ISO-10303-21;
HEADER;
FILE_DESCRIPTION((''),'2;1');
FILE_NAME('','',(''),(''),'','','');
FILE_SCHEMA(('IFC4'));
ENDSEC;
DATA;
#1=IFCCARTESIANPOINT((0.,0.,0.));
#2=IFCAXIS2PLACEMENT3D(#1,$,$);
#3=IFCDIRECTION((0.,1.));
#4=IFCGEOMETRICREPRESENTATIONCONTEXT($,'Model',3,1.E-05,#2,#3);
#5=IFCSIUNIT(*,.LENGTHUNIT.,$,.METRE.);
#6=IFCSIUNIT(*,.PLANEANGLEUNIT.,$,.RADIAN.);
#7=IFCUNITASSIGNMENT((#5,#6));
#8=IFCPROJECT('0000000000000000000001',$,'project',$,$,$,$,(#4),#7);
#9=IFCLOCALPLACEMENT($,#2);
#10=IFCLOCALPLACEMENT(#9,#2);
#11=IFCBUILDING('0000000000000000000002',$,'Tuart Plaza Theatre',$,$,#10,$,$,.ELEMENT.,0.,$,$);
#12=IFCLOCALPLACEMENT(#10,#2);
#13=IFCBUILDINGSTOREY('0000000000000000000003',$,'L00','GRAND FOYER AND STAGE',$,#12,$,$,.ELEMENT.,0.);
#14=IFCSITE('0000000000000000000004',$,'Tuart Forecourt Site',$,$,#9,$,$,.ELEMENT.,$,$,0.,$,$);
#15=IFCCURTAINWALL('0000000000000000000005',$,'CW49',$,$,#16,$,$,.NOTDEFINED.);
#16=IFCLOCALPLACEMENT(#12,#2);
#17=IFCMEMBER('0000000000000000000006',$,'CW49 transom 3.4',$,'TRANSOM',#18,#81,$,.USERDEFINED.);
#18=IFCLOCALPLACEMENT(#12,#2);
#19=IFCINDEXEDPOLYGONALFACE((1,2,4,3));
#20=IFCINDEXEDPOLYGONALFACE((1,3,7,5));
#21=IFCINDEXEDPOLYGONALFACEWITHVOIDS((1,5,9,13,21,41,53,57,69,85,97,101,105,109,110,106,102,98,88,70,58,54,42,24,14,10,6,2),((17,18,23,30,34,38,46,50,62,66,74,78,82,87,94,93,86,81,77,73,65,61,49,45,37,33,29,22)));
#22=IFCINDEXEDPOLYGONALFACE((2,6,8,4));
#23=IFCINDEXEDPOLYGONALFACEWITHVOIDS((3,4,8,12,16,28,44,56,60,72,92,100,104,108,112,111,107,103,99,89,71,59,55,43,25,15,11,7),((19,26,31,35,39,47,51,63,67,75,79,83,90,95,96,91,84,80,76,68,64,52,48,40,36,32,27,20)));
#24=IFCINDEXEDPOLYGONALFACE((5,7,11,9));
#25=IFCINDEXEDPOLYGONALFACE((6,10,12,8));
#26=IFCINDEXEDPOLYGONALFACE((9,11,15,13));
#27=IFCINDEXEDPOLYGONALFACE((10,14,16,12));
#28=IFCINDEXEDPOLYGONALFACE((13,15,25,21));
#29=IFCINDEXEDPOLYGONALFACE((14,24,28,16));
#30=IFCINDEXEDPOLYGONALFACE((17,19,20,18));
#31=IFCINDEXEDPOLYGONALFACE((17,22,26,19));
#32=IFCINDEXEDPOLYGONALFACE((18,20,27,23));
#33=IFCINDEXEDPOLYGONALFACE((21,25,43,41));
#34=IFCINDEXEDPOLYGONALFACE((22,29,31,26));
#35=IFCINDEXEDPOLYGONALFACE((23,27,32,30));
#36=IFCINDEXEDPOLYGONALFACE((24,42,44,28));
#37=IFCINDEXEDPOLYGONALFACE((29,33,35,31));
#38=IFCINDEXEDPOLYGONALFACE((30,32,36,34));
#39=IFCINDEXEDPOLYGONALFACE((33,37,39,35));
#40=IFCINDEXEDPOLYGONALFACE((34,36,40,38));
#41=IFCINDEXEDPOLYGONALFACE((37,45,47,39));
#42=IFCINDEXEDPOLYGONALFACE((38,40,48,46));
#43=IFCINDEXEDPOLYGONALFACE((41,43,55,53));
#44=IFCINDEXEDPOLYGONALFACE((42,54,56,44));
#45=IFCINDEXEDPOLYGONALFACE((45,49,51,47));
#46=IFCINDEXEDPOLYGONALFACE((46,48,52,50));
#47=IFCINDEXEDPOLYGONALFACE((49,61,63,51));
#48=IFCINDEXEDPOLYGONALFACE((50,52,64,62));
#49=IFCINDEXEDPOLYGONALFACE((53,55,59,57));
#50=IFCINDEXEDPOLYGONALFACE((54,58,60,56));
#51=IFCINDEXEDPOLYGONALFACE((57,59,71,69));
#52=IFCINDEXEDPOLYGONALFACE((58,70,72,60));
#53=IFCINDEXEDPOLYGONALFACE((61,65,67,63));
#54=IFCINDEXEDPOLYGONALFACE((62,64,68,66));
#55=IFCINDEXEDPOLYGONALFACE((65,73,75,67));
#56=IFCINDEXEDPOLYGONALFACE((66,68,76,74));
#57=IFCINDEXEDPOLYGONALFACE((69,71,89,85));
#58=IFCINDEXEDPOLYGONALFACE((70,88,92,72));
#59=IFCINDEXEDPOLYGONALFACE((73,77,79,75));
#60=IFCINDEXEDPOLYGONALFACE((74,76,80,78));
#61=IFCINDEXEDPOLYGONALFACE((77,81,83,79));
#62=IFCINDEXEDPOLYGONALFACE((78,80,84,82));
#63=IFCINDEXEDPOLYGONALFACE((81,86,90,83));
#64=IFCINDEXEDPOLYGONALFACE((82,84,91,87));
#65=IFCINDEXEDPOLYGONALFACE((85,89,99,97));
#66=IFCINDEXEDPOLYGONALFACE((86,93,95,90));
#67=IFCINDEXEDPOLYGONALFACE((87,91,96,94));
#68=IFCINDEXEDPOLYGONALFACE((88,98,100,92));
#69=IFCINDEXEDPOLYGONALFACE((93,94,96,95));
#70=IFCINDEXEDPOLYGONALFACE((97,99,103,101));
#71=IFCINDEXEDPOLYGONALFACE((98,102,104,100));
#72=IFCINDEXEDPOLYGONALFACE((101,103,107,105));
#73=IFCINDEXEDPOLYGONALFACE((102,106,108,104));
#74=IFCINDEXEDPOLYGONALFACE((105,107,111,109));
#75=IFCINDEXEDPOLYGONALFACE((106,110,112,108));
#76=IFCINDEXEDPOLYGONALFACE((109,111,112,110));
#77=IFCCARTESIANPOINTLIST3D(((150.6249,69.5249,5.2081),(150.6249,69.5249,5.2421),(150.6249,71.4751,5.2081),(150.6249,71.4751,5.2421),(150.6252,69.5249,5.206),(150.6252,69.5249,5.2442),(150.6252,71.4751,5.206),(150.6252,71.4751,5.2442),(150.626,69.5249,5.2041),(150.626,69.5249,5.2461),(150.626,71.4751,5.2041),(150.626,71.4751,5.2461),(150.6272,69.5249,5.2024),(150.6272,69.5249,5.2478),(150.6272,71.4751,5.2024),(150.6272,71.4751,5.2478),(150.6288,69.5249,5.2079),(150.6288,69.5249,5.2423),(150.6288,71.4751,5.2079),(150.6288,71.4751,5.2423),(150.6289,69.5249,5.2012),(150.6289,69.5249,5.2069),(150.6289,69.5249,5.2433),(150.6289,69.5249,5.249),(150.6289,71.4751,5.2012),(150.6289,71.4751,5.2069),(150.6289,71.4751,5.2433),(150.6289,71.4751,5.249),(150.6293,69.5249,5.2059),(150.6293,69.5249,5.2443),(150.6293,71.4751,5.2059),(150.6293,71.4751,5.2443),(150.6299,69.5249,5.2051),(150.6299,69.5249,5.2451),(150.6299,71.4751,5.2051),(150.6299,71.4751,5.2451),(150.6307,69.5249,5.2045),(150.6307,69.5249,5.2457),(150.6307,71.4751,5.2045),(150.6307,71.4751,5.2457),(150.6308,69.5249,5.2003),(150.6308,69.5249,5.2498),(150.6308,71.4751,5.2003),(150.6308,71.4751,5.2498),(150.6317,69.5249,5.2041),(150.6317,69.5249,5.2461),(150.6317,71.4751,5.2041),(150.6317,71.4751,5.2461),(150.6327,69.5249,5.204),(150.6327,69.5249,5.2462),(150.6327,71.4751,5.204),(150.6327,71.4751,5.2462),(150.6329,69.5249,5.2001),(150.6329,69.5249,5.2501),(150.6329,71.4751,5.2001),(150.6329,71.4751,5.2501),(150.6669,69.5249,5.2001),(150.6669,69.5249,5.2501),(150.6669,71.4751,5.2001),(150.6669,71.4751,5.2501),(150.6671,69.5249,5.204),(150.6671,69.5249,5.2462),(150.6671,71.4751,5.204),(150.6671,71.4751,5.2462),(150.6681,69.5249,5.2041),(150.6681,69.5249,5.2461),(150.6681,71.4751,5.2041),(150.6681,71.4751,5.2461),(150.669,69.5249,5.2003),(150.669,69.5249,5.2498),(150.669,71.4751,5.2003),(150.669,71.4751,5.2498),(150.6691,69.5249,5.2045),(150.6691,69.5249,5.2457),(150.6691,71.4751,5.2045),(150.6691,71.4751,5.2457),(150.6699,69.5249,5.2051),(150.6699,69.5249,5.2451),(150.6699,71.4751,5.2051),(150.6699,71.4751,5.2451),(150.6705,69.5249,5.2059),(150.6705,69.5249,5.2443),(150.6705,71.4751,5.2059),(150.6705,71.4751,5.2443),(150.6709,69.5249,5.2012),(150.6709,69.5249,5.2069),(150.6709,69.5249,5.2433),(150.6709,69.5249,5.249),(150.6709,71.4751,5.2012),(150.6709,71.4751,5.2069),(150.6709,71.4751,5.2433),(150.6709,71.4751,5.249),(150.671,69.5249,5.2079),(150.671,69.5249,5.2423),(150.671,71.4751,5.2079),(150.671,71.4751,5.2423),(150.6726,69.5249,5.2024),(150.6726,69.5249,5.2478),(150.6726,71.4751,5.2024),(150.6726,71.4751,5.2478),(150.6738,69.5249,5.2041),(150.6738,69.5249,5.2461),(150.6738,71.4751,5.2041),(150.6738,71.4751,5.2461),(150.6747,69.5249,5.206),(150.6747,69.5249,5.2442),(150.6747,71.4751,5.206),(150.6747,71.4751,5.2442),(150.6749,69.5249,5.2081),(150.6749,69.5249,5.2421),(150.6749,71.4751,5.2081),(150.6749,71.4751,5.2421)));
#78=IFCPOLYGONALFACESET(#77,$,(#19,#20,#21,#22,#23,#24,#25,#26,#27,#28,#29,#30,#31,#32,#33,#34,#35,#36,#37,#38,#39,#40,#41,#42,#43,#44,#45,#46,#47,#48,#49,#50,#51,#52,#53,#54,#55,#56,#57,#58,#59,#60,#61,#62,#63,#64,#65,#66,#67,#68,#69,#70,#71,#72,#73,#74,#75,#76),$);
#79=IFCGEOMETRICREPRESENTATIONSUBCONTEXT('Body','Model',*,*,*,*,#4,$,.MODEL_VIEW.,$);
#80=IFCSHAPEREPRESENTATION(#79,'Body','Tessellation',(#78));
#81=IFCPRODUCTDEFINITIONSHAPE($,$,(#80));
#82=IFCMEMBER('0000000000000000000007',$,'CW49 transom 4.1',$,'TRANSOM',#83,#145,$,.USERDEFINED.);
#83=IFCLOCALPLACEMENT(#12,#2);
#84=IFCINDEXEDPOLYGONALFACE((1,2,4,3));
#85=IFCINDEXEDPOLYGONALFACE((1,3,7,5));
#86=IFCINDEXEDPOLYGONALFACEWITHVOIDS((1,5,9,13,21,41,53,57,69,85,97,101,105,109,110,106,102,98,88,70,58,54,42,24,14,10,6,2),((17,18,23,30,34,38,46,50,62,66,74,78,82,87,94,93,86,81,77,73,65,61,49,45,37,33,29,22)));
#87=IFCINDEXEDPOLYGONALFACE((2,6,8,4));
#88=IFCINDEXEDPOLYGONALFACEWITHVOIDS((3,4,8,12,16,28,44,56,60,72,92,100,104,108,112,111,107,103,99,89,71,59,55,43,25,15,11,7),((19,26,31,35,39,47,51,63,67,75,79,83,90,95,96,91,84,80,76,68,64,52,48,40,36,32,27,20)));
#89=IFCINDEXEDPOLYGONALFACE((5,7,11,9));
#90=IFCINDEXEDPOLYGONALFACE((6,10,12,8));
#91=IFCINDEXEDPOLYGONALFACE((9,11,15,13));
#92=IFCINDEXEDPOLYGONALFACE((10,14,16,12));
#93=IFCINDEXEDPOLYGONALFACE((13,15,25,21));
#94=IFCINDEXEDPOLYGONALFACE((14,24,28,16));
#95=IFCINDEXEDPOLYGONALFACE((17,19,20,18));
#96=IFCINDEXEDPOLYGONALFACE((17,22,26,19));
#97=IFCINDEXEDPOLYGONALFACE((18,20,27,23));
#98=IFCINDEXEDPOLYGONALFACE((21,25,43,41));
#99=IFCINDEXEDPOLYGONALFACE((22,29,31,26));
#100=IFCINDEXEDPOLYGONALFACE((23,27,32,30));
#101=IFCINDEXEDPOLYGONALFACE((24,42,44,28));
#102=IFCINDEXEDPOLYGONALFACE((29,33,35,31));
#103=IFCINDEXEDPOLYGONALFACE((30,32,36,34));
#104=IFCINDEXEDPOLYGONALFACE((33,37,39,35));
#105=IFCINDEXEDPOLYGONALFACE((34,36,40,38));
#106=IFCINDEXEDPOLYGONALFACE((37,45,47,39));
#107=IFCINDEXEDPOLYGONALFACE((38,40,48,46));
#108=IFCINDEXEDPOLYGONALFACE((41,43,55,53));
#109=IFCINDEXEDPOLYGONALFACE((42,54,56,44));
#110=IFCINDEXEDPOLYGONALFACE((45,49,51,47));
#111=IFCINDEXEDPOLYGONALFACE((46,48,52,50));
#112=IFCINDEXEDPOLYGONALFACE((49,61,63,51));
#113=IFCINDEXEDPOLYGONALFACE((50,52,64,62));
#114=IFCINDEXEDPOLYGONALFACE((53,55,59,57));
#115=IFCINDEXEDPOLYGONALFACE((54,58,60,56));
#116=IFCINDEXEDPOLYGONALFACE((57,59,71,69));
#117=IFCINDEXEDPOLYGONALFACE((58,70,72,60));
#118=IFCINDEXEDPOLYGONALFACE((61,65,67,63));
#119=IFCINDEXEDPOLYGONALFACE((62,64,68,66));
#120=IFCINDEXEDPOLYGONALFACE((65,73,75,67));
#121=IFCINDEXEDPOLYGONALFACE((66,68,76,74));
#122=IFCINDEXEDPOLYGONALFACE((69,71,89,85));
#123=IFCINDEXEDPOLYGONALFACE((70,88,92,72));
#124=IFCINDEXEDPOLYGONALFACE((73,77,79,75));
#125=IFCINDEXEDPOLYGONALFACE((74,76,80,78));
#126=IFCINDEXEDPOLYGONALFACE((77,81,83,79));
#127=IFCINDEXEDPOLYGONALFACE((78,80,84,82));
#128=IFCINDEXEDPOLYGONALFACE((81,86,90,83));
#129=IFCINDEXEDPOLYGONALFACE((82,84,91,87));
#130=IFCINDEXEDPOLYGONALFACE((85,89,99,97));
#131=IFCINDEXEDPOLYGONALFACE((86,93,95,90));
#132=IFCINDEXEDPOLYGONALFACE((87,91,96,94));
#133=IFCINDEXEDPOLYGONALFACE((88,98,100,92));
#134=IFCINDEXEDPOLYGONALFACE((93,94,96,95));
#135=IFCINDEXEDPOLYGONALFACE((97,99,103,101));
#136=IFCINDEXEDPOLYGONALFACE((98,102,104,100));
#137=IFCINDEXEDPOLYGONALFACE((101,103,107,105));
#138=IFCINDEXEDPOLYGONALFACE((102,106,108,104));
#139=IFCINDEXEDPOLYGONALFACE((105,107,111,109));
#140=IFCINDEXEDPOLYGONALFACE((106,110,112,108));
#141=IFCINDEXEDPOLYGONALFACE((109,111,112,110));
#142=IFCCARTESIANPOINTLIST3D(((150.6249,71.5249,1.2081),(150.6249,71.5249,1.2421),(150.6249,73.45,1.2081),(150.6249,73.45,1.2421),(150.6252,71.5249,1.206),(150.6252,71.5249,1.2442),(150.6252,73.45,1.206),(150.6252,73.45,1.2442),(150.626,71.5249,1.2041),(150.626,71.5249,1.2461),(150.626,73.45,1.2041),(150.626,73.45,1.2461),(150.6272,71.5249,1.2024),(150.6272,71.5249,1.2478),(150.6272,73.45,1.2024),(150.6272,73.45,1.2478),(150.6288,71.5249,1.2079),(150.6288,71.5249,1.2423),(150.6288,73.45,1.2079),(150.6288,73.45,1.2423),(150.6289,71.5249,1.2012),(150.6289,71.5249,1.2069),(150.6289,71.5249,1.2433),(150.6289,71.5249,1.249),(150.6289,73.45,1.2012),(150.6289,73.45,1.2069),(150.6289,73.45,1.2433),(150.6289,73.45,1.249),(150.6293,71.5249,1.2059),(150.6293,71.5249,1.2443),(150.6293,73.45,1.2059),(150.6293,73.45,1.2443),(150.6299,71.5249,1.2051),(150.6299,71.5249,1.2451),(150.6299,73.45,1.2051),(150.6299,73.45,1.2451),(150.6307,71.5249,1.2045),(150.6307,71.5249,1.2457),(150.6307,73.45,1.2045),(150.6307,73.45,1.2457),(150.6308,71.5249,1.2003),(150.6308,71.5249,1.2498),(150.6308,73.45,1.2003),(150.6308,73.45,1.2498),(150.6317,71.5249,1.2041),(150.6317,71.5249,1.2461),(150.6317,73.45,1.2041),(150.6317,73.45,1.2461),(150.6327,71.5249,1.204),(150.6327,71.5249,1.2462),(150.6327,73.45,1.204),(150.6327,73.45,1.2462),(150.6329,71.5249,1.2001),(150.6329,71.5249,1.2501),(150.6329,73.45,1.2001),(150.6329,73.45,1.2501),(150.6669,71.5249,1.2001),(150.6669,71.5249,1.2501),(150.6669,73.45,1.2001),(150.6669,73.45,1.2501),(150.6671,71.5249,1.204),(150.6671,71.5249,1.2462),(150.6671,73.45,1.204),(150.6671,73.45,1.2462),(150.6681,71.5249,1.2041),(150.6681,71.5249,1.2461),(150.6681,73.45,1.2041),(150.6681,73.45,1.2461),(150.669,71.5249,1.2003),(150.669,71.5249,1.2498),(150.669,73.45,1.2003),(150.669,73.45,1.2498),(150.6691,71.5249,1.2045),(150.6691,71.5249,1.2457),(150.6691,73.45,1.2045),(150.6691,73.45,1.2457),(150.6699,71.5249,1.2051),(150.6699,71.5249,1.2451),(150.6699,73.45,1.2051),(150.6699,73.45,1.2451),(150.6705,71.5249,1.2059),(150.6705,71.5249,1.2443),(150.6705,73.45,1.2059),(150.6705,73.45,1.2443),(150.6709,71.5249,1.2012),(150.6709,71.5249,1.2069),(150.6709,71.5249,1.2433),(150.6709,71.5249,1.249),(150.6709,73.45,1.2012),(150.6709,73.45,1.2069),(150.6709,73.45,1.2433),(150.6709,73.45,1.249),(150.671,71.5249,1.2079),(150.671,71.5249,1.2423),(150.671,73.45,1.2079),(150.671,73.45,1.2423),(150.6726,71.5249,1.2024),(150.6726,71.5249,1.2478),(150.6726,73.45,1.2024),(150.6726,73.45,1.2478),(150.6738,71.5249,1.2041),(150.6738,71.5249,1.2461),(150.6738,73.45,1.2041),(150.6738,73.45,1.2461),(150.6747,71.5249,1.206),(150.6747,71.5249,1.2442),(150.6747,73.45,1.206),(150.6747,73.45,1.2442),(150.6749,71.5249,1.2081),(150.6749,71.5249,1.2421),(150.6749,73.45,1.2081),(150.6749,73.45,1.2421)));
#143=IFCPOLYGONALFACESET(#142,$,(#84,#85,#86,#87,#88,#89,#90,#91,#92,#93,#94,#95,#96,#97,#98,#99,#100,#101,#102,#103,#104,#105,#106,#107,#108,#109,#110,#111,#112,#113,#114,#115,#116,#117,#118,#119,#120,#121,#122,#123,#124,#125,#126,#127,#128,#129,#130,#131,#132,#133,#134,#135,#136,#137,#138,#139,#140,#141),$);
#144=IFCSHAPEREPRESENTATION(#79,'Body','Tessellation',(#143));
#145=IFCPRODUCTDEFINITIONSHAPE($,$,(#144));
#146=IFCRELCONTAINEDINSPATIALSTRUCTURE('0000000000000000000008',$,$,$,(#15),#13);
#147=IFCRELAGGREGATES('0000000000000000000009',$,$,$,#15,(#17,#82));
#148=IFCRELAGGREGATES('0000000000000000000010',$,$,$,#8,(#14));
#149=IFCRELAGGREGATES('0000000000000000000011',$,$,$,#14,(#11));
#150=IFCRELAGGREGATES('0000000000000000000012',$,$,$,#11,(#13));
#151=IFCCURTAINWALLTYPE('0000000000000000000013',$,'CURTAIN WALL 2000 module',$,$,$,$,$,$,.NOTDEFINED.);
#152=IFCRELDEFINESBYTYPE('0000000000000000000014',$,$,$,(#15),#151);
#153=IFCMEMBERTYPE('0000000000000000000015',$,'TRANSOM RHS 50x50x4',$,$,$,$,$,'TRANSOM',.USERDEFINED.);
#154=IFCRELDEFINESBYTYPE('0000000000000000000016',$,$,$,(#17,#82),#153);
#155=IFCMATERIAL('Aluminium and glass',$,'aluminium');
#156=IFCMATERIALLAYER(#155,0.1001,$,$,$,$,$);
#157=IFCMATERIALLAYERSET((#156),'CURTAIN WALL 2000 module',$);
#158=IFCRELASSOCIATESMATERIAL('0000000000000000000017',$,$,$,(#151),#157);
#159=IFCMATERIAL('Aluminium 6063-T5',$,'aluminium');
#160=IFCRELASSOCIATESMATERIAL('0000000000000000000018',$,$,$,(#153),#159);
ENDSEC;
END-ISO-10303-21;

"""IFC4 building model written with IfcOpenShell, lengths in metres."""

from ifc_helpers import new_model, si_unit, direction, frame, origin, origin_2d, place, context, subcontext, project, spatial, hollow_rectangle, extrude, material, layer, layer_set, material_profile, profile_set, type_object, element, aggregate, save


model = new_model("IFC4")

# Units and contexts
model_context = context("Model", 3, precision=1e-05, world=origin(), true_north=direction((0.0, 1.0)))
body_context = subcontext(model_context, "Body", "Model", "MODEL_VIEW")
ifc_project = project(units=[si_unit("LENGTHUNIT", "METRE"), si_unit("PLANEANGLEUNIT", "RADIAN")], contexts=[model_context])

# Site, building, storey
site_placement = place(None, origin())
site = spatial("IfcSite", under=ifc_project, at=site_placement, Name="Tuart Forecourt Site", CompositionType="ELEMENT", RefElevation=0.0)
building_placement = place(site_placement, origin())
building = spatial("IfcBuilding", under=site, at=building_placement, Name="Tuart Plaza Theatre", CompositionType="ELEMENT", ElevationOfRefHeight=0.0)
storey_placement = place(building_placement, origin())
storey = spatial("IfcBuildingStorey", under=building, at=storey_placement, Name="L00", Description="GRAND FOYER AND STAGE", CompositionType="ELEMENT", Elevation=0.0)

# Curtain wall, members
ifc_material_1 = material(Name="Aluminium and glass", Category="aluminium")
ifc_layer_1 = layer(ifc_material_1, 0.1001)
ifc_layer_set_1 = layer_set([ifc_layer_1], Name="CURTAIN WALL 2000 module")
curtain_wall_type = type_object("IfcCurtainWallType", Name="CURTAIN WALL 2000 module", PredefinedType="NOTDEFINED", material=ifc_layer_set_1)
curtain_wall_placement = place(storey_placement, origin())
curtain_wall = element("IfcCurtainWall", 1, at=curtain_wall_placement, inside=storey, type_object=curtain_wall_type, Name="CW49", PredefinedType="NOTDEFINED")
ifc_material_2 = material(Name="Aluminium 6063-T5", Category="aluminium")
ifc_material_profile_1 = material_profile(ifc_material_2, hollow_rectangle(XDim=0.05, YDim=0.05, WallThickness=0.0039, InnerFilletRadius=0.0039, OuterFilletRadius=0.0081, at=origin_2d()), Name="RHS 50x50x4")
ifc_profile_set_1 = profile_set([ifc_material_profile_1], Name="Aluminium 6063-T5")
member_type_1 = type_object("IfcMemberType", Name="TRANSOM RHS 50x50x4", ElementType="TRANSOM", PredefinedType="USERDEFINED", material=ifc_profile_set_1)
member_1_placement = place(storey_placement, frame((150.6499, 69.5249, 5.2251), z_axis=(0.0, 1.0, 0.0), x_axis=(-1.0, 0.0, 0.0)))
member_1 = element("IfcMember", 2, at=member_1_placement, type_object=member_type_1, Name="CW49 transom 3.4", ObjectType="TRANSOM", PredefinedType="USERDEFINED", context=body_context, shape_type="SweptSolid", body=[
    extrude(hollow_rectangle(XDim=0.05, YDim=0.05, WallThickness=0.0039, InnerFilletRadius=0.0039, OuterFilletRadius=0.0081, at=origin_2d()), origin(), (0.0, 0.0, 1.0), 1.9502),
])
member_2_placement = place(storey_placement, frame((150.6499, 71.5249, 1.2251), z_axis=(0.0, 1.0, 0.0), x_axis=(-1.0, 0.0, 0.0)))
member_2 = element("IfcMember", 3, at=member_2_placement, type_object=member_type_1, Name="CW49 transom 4.1", ObjectType="TRANSOM", PredefinedType="USERDEFINED", context=body_context, shape_type="SweptSolid", body=[
    extrude(hollow_rectangle(XDim=0.05, YDim=0.05, WallThickness=0.0039, InnerFilletRadius=0.0039, OuterFilletRadius=0.0081, at=origin_2d()), origin(), (0.0, 0.0, 1.0), 1.925),
])
aggregate(curtain_wall, [member_1, member_2])

save(model, "model.ifc")
